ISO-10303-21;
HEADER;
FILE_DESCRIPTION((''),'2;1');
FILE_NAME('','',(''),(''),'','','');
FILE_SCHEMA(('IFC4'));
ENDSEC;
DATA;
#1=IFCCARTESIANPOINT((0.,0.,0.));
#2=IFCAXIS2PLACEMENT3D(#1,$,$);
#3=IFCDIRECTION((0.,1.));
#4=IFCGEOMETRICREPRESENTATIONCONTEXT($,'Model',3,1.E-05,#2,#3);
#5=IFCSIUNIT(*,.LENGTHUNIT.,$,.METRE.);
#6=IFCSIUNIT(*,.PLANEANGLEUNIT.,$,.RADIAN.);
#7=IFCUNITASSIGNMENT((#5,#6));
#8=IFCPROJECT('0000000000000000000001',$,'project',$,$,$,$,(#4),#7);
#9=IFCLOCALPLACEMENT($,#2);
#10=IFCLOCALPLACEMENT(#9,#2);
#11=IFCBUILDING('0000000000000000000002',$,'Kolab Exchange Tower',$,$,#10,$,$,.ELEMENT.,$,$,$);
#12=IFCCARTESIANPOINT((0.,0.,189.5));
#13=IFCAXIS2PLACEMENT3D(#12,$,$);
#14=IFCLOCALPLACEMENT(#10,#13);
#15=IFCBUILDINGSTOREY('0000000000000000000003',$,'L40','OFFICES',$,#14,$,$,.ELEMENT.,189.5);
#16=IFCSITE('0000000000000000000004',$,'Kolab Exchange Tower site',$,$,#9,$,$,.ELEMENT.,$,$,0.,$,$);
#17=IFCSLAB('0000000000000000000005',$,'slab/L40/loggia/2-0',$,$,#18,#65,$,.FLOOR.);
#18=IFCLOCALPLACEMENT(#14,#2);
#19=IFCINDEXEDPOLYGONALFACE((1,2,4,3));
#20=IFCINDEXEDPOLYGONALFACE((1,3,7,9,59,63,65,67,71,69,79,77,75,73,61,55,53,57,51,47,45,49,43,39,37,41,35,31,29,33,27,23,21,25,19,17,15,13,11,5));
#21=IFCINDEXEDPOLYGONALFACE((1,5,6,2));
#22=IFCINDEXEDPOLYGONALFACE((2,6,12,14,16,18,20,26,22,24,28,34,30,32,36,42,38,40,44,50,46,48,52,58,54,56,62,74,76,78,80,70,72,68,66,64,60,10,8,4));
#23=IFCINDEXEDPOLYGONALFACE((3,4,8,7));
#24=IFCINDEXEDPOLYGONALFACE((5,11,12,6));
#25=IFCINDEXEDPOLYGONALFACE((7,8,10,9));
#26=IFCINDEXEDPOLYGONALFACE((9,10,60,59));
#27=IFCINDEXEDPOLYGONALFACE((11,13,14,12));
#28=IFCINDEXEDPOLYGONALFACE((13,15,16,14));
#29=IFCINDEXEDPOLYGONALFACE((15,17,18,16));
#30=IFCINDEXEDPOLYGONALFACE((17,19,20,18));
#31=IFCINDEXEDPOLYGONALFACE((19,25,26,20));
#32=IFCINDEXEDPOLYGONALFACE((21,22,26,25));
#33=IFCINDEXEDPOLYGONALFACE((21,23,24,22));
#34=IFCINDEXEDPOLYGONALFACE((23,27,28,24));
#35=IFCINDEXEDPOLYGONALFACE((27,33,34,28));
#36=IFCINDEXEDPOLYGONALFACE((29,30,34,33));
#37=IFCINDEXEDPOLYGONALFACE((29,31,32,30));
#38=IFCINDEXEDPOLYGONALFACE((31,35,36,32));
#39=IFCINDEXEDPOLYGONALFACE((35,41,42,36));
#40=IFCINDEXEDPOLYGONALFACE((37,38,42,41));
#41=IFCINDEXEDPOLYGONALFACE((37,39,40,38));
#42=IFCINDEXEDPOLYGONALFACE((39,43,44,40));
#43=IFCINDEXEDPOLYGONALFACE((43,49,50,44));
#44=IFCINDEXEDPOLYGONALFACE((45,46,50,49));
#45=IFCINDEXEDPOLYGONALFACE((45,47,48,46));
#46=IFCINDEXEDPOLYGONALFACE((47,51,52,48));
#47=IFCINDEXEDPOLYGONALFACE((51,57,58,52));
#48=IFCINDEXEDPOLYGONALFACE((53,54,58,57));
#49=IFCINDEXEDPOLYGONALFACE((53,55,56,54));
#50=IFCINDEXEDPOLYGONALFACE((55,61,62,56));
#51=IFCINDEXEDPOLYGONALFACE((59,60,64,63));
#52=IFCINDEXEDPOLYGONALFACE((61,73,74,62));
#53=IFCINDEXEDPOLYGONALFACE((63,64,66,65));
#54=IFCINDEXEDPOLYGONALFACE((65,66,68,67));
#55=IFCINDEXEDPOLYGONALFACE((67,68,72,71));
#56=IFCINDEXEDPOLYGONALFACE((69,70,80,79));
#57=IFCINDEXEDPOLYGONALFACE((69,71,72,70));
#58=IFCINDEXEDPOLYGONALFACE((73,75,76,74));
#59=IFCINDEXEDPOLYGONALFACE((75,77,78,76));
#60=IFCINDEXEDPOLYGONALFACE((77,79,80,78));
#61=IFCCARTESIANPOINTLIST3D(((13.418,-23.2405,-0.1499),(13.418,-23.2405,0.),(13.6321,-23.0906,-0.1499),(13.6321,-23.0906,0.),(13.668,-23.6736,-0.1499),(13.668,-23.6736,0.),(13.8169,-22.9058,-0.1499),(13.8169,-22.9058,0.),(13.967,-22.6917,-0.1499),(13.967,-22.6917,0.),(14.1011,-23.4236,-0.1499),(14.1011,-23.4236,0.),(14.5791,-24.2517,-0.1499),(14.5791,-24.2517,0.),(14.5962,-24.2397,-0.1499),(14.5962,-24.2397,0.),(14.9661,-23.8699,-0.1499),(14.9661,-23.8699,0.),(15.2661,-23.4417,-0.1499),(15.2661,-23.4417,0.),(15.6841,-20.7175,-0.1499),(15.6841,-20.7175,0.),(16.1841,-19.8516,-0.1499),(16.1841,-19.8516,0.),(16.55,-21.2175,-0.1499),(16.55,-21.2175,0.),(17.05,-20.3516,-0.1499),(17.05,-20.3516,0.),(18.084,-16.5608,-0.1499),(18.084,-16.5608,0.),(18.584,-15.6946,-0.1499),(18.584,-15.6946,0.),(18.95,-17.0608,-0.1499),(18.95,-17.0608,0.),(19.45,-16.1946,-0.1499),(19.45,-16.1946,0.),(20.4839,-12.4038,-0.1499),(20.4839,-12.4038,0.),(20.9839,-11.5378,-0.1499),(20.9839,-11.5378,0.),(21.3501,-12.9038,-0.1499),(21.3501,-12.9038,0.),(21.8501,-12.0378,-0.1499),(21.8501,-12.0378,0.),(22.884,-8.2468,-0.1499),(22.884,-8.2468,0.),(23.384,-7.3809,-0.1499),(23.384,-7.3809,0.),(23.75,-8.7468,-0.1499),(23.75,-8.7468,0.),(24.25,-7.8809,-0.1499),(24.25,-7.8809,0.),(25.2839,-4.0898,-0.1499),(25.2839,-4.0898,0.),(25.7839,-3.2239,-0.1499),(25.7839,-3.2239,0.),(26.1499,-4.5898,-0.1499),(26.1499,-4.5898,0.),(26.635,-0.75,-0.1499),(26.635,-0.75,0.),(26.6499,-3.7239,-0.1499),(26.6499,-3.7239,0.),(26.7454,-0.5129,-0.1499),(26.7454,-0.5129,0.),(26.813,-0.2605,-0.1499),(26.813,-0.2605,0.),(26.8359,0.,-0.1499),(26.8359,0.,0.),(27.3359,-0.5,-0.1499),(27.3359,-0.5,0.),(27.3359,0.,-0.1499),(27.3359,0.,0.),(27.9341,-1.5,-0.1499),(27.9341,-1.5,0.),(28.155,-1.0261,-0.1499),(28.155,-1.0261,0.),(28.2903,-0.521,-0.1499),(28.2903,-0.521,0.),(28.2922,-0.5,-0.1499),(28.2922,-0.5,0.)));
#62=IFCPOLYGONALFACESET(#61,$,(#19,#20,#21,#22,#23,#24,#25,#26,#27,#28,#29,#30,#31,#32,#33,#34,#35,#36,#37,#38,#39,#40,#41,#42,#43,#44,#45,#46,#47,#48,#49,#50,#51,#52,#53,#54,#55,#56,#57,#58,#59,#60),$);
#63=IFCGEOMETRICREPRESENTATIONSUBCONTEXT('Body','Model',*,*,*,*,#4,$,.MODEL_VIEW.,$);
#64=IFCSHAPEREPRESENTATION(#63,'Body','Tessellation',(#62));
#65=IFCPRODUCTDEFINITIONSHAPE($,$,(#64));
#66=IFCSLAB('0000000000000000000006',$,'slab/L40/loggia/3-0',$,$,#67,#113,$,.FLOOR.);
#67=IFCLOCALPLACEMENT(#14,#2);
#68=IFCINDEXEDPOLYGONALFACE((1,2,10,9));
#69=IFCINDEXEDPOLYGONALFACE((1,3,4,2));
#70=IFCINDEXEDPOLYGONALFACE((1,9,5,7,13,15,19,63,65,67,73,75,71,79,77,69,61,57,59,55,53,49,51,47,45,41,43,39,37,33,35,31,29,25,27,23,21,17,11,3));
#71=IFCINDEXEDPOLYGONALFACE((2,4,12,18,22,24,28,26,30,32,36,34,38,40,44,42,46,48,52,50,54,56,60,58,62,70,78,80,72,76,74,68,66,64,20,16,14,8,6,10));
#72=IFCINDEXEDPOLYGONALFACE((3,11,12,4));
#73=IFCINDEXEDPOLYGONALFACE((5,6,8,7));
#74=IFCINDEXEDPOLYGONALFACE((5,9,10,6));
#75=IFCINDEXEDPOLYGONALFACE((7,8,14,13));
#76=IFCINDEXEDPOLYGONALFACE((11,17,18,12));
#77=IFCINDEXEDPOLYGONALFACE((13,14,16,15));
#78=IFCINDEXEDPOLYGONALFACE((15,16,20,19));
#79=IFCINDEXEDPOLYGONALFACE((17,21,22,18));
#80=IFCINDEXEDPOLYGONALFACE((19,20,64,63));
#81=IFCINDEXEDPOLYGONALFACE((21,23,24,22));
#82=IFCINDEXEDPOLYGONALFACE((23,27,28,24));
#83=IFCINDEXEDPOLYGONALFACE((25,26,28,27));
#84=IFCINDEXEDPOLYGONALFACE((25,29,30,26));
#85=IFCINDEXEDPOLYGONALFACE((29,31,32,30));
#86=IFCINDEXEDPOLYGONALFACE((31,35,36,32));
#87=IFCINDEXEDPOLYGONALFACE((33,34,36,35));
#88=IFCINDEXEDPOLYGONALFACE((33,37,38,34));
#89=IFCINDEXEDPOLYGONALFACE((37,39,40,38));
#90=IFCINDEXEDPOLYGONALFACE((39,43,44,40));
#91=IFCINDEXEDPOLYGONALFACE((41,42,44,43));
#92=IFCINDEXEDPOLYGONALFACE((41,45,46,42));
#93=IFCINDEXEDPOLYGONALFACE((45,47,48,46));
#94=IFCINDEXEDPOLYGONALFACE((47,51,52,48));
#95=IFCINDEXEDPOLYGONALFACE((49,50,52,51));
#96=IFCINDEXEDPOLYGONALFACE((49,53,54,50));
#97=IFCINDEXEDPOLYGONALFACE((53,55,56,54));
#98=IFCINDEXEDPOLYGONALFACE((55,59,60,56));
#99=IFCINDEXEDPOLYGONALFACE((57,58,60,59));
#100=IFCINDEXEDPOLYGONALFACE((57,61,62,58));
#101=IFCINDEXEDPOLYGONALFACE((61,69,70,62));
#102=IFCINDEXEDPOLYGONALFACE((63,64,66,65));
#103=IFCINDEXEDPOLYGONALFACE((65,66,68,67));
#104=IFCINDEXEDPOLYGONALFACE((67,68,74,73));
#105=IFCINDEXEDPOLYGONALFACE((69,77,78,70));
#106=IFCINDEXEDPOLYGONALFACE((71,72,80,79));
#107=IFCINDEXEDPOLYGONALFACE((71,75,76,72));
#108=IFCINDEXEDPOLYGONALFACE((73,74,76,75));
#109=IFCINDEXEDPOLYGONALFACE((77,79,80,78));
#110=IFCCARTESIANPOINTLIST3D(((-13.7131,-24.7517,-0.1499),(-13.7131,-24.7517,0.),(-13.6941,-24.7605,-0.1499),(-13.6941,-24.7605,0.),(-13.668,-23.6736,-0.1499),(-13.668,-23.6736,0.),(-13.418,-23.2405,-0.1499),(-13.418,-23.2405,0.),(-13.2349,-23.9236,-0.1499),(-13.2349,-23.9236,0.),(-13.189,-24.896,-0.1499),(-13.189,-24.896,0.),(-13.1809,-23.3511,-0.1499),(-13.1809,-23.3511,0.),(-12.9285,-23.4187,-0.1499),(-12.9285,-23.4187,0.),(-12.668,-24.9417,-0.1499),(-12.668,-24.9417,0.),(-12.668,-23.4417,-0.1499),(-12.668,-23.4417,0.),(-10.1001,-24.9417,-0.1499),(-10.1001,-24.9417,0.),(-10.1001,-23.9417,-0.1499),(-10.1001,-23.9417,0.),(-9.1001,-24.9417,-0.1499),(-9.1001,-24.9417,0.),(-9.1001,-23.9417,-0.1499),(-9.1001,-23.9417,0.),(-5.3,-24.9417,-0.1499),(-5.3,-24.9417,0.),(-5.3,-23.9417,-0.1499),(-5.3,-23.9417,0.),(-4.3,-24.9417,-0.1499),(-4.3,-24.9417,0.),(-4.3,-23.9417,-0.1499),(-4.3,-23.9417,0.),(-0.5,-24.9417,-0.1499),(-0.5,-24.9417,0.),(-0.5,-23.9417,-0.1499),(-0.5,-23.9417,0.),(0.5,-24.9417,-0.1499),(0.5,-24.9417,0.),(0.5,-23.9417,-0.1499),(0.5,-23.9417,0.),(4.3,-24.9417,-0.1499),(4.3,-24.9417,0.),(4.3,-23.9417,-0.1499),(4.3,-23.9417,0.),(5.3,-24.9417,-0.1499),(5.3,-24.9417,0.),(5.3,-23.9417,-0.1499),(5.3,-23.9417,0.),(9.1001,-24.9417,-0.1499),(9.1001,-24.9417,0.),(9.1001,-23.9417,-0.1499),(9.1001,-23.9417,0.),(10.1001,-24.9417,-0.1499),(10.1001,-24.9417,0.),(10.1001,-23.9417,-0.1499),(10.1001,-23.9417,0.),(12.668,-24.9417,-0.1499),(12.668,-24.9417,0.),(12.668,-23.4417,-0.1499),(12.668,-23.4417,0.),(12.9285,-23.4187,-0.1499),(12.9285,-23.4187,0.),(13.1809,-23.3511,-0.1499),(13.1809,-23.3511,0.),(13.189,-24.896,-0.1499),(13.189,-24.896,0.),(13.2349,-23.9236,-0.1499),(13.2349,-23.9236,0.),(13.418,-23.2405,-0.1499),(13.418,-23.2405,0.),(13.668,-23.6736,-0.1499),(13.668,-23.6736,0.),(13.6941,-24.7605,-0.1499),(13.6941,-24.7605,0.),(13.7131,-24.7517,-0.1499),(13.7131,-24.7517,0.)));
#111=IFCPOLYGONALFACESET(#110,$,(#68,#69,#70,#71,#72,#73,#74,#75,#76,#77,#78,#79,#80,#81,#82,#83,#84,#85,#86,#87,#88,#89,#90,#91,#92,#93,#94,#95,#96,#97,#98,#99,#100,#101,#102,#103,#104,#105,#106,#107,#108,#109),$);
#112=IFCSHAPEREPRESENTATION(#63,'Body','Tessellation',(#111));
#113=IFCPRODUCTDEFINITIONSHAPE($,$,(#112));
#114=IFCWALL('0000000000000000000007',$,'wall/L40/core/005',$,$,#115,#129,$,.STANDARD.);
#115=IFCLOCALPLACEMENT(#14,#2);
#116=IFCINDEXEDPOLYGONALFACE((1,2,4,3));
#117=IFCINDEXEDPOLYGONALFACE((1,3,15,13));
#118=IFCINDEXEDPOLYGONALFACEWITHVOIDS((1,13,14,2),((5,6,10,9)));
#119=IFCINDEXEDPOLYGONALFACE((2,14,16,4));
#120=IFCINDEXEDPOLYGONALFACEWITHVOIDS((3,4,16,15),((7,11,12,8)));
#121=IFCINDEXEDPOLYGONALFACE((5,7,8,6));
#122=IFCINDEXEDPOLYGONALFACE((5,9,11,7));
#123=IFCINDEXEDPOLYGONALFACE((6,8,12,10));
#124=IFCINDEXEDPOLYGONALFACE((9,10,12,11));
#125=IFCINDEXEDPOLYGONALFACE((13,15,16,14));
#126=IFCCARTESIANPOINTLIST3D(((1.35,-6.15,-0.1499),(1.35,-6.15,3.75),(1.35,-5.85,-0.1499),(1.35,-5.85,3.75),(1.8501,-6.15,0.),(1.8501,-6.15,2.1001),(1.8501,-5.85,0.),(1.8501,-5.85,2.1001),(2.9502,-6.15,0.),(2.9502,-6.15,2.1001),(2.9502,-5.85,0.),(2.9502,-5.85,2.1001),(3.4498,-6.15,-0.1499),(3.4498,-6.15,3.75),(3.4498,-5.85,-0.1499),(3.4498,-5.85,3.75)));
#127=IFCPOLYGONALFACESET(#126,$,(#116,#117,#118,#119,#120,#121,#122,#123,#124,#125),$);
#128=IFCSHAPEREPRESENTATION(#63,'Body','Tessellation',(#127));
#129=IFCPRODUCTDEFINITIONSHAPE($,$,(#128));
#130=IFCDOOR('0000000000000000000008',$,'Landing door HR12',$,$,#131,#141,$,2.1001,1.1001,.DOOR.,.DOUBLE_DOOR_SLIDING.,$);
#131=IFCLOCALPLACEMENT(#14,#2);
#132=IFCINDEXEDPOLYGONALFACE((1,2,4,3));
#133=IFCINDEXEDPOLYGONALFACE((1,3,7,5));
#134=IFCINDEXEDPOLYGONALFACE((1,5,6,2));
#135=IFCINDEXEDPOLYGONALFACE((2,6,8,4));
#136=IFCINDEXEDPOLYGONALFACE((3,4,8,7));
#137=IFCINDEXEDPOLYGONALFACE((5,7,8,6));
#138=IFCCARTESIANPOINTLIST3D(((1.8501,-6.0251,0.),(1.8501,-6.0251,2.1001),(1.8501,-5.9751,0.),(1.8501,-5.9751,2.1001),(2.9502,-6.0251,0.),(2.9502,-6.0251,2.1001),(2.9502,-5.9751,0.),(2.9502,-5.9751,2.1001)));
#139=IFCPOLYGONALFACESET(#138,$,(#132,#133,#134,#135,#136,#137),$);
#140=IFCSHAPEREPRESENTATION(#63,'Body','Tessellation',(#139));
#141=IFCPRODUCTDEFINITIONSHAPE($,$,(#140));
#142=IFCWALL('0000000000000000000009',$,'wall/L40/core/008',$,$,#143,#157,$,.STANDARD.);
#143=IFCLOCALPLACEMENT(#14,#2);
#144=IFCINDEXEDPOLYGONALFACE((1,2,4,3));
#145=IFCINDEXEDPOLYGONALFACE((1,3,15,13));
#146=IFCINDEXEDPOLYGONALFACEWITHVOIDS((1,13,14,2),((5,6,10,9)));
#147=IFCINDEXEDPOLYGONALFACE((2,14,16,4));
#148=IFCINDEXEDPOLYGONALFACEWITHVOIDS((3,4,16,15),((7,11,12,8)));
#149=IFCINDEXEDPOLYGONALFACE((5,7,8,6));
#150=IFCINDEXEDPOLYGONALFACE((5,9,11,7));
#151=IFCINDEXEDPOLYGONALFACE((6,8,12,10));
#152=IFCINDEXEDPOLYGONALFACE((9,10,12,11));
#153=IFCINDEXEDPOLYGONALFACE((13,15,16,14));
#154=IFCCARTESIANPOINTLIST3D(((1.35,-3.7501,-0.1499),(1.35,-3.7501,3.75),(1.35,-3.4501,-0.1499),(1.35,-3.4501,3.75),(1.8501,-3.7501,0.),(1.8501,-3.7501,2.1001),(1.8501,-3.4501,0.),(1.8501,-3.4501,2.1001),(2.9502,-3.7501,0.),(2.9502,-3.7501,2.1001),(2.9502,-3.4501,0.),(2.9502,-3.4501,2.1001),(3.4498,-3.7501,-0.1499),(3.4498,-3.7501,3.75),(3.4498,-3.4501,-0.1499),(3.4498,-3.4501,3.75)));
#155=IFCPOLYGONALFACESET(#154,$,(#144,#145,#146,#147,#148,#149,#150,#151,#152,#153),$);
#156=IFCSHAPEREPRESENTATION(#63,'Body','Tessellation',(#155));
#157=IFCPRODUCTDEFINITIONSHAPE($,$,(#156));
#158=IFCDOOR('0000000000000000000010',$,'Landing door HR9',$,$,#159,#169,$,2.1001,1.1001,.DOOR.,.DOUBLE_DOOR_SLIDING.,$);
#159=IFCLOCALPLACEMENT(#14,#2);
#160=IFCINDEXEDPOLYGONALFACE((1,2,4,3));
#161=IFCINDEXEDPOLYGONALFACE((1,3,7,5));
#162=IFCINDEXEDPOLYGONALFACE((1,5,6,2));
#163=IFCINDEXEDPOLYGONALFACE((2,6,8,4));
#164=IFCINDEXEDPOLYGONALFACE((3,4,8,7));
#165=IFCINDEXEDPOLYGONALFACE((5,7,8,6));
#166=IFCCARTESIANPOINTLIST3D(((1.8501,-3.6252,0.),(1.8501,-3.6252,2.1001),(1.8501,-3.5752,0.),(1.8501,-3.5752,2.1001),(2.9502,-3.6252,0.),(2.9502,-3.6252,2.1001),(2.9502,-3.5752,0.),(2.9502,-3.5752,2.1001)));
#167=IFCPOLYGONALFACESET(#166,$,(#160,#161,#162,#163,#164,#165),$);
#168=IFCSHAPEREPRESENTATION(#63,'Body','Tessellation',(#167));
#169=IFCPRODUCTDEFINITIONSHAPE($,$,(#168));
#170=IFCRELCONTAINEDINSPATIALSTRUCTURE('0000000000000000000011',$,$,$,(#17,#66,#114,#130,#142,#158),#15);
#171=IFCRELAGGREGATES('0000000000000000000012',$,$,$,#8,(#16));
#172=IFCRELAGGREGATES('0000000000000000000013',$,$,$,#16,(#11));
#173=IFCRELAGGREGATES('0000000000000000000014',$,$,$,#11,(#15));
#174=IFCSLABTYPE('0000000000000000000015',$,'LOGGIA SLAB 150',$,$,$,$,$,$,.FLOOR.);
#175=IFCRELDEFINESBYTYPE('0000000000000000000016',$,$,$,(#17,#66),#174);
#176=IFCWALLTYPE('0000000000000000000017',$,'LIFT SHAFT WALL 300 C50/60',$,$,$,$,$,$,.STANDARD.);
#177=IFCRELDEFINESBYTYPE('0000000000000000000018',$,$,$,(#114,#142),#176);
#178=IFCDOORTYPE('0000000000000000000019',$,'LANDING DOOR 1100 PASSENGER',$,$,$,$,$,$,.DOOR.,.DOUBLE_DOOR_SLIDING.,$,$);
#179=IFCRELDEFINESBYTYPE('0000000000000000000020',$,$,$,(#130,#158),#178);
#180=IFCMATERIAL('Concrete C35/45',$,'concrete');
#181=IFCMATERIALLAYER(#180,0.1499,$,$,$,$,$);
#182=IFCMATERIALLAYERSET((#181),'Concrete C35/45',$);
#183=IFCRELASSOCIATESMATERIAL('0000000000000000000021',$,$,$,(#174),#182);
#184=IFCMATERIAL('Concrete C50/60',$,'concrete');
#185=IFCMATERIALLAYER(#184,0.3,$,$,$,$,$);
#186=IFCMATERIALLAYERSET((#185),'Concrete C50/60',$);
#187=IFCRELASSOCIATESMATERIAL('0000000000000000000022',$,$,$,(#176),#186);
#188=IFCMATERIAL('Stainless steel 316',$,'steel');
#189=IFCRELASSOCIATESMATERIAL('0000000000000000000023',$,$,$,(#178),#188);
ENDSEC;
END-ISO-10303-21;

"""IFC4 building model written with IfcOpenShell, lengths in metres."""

from ifc_helpers import new_model, si_unit, direction, frame, frame_2d, origin, place, context, subcontext, project, spatial, polyline, rectangle, outline, extrude, material, layer, layer_set, type_object, element, fill, save


model = new_model("IFC4")

# Units and contexts
model_context = context("Model", 3, precision=1e-05, world=origin(), true_north=direction((0.0, 1.0)))
body_context = subcontext(model_context, "Body", "Model", "MODEL_VIEW")
ifc_project = project(units=[si_unit("LENGTHUNIT", "METRE"), si_unit("PLANEANGLEUNIT", "RADIAN")], contexts=[model_context])

# Site, building, storey
site_placement = place(None, origin())
site = spatial("IfcSite", under=ifc_project, at=site_placement, Name="Kolab Exchange Tower site", CompositionType="ELEMENT", RefElevation=0.0)
building_placement = place(site_placement, origin())
building = spatial("IfcBuilding", under=site, at=building_placement, Name="Kolab Exchange Tower", CompositionType="ELEMENT")
storey_placement = place(building_placement, frame((0.0, 0.0, 189.5)))
storey = spatial("IfcBuildingStorey", under=building, at=storey_placement, Name="L40", Description="OFFICES", CompositionType="ELEMENT", Elevation=189.5)

# Slabs
ifc_material_1 = material(Name="Concrete C35/45", Category="concrete")
ifc_layer_1 = layer(ifc_material_1, 0.1499)
ifc_layer_set_1 = layer_set([ifc_layer_1], Name="Concrete C35/45")
slab_type_1 = type_object("IfcSlabType", Name="LOGGIA SLAB 150", PredefinedType="FLOOR", material=ifc_layer_set_1)
slab_1_placement = place(storey_placement, frame((0.0, 0.0, -0.1499)))
element("IfcSlab", 1, at=slab_1_placement, inside=storey, type_object=slab_type_1, Name="slab/L40/loggia/2-0", PredefinedType="FLOOR", context=body_context, shape_type="SweptSolid", body=[
    extrude(outline(polyline([(15.2661, -23.4417), (16.55, -21.2175), (15.6841, -20.7175), (16.1841, -19.8516), (17.05, -20.3516), (18.95, -17.0608), (18.084, -16.5608), (18.584, -15.6946), (19.45, -16.1946), (21.3501, -12.9038), (20.4839, -12.4038), (20.9839, -11.5378), (21.8501, -12.0378), (23.75, -8.7468), (22.884, -8.2468), (23.384, -7.3809), (24.25, -7.8809), (26.1499, -4.5898), (25.2839, -4.0898), (25.7839, -3.2239), (26.6499, -3.7239), (27.9341, -1.5), (28.155, -1.0261), (28.2903, -0.521), (28.2922, -0.5), (27.3359, -0.5), (27.3359, 0.0), (26.8359, 0.0), (26.813, -0.2605), (26.7454, -0.5129), (26.635, -0.75), (13.967, -22.6917), (13.8169, -22.9058), (13.6321, -23.0906), (13.418, -23.2405), (13.668, -23.6736), (14.1011, -23.4236), (14.5791, -24.2517), (14.5962, -24.2397), (14.9661, -23.8699), (15.2661, -23.4417)])), origin(), (0.0, 0.0, 1.0), 0.1499),
])
slab_2_placement = place(storey_placement, frame((0.0, 0.0, -0.1499)))
element("IfcSlab", 2, at=slab_2_placement, inside=storey, type_object=slab_type_1, Name="slab/L40/loggia/3-0", PredefinedType="FLOOR", context=body_context, shape_type="SweptSolid", body=[
    extrude(outline(polyline([(-13.418, -23.2405), (-13.668, -23.6736), (-13.2349, -23.9236), (-13.7131, -24.7517), (-13.6941, -24.7605), (-13.189, -24.896), (-12.668, -24.9417), (-10.1001, -24.9417), (-10.1001, -23.9417), (-9.1001, -23.9417), (-9.1001, -24.9417), (-5.3, -24.9417), (-5.3, -23.9417), (-4.3, -23.9417), (-4.3, -24.9417), (-0.5, -24.9417), (-0.5, -23.9417), (0.5, -23.9417), (0.5, -24.9417), (4.3, -24.9417), (4.3, -23.9417), (5.3, -23.9417), (5.3, -24.9417), (9.1001, -24.9417), (9.1001, -23.9417), (10.1001, -23.9417), (10.1001, -24.9417), (12.668, -24.9417), (13.189, -24.896), (13.6941, -24.7605), (13.7131, -24.7517), (13.2349, -23.9236), (13.668, -23.6736), (13.418, -23.2405), (13.1809, -23.3511), (12.9285, -23.4187), (12.668, -23.4417), (-12.668, -23.4417), (-12.9285, -23.4187), (-13.1809, -23.3511), (-13.418, -23.2405)])), origin(), (0.0, 0.0, 1.0), 0.1499),
])

# Walls, openings, doors
ifc_material_2 = material(Name="Concrete C50/60", Category="concrete")
ifc_layer_2 = layer(ifc_material_2, 0.3)
ifc_layer_set_2 = layer_set([ifc_layer_2], Name="Concrete C50/60")
wall_type_1 = type_object("IfcWallType", Name="LIFT SHAFT WALL 300 C50/60", PredefinedType="STANDARD", material=ifc_layer_set_2)
wall_1_placement = place(storey_placement, frame((1.3501, -6.0, -0.1499), z_axis=(0.0, 0.0, 1.0), x_axis=(1.0, 0.0, 0.0)))
wall_1 = element("IfcWall", 3, at=wall_1_placement, inside=storey, type_object=wall_type_1, Name="wall/L40/core/005", PredefinedType="STANDARD", context=body_context, shape_type="SweptSolid", body=[
    extrude(rectangle(XDim=2.0999, YDim=0.3, at=frame_2d((1.0498, 0.0))), origin(), (0.0, 0.0, 1.0), 3.8999),
])
opening_1_placement = place(wall_1_placement, frame((0.5, 0.0, 0.1499)))
opening_1 = element("IfcOpeningElement", 4, at=opening_1_placement, cuts=wall_1, PredefinedType="OPENING", context=body_context, shape_type="SweptSolid", body=[
    extrude(rectangle(XDim=1.1001, YDim=2.1001, at=frame_2d((0.55, 1.05))), frame((0.0, 0.1602, 0.0), z_axis=(0.0, -1.0, 0.0), x_axis=(1.0, 0.0, 0.0)), (0.0, 0.0, 1.0), 0.3201),
])
ifc_material_3 = material(Name="Stainless steel 316", Category="steel")
door_type_1 = type_object("IfcDoorType", Name="LANDING DOOR 1100 PASSENGER", OperationType="DOUBLE_DOOR_SLIDING", PredefinedType="DOOR", material=ifc_material_3)
door_1_placement = place(opening_1_placement, origin())
door_1 = element("IfcDoor", 5, at=door_1_placement, inside=storey, type_object=door_type_1, Name="Landing door HR12", OperationType="DOUBLE_DOOR_SLIDING", OverallHeight=2.1001, OverallWidth=1.1001, PredefinedType="DOOR", context=body_context, shape_type="SweptSolid", body=[
    extrude(rectangle(XDim=1.1001, YDim=2.1001, at=frame_2d((0.55, 1.05))), frame((0.0, 0.0249, 0.0), z_axis=(0.0, -1.0, 0.0), x_axis=(1.0, 0.0, 0.0)), (0.0, 0.0, 1.0), 0.05),
])
fill(opening_1, door_1)
wall_2_placement = place(storey_placement, frame((1.3501, -3.6001, -0.1499), z_axis=(0.0, 0.0, 1.0), x_axis=(1.0, 0.0, 0.0)))
wall_2 = element("IfcWall", 6, at=wall_2_placement, inside=storey, type_object=wall_type_1, Name="wall/L40/core/008", PredefinedType="STANDARD", context=body_context, shape_type="SweptSolid", body=[
    extrude(rectangle(XDim=2.0999, YDim=0.3, at=frame_2d((1.0498, 0.0))), origin(), (0.0, 0.0, 1.0), 3.8999),
])
opening_2_placement = place(wall_2_placement, frame((0.5, 0.0, 0.1499)))
opening_2 = element("IfcOpeningElement", 7, at=opening_2_placement, cuts=wall_2, PredefinedType="OPENING", context=body_context, shape_type="SweptSolid", body=[
    extrude(rectangle(XDim=1.1001, YDim=2.1001, at=frame_2d((0.55, 1.05))), frame((0.0, 0.1602, 0.0), z_axis=(0.0, -1.0, 0.0), x_axis=(1.0, 0.0, 0.0)), (0.0, 0.0, 1.0), 0.3201),
])
door_2_placement = place(opening_2_placement, origin())
door_2 = element("IfcDoor", 8, at=door_2_placement, inside=storey, type_object=door_type_1, Name="Landing door HR9", OperationType="DOUBLE_DOOR_SLIDING", OverallHeight=2.1001, OverallWidth=1.1001, PredefinedType="DOOR", context=body_context, shape_type="SweptSolid", body=[
    extrude(rectangle(XDim=1.1001, YDim=2.1001, at=frame_2d((0.55, 1.05))), frame((0.0, 0.0249, 0.0), z_axis=(0.0, -1.0, 0.0), x_axis=(1.0, 0.0, 0.0)), (0.0, 0.0, 1.0), 0.05),
])
fill(opening_2, door_2)

save(model, "model.ifc")
